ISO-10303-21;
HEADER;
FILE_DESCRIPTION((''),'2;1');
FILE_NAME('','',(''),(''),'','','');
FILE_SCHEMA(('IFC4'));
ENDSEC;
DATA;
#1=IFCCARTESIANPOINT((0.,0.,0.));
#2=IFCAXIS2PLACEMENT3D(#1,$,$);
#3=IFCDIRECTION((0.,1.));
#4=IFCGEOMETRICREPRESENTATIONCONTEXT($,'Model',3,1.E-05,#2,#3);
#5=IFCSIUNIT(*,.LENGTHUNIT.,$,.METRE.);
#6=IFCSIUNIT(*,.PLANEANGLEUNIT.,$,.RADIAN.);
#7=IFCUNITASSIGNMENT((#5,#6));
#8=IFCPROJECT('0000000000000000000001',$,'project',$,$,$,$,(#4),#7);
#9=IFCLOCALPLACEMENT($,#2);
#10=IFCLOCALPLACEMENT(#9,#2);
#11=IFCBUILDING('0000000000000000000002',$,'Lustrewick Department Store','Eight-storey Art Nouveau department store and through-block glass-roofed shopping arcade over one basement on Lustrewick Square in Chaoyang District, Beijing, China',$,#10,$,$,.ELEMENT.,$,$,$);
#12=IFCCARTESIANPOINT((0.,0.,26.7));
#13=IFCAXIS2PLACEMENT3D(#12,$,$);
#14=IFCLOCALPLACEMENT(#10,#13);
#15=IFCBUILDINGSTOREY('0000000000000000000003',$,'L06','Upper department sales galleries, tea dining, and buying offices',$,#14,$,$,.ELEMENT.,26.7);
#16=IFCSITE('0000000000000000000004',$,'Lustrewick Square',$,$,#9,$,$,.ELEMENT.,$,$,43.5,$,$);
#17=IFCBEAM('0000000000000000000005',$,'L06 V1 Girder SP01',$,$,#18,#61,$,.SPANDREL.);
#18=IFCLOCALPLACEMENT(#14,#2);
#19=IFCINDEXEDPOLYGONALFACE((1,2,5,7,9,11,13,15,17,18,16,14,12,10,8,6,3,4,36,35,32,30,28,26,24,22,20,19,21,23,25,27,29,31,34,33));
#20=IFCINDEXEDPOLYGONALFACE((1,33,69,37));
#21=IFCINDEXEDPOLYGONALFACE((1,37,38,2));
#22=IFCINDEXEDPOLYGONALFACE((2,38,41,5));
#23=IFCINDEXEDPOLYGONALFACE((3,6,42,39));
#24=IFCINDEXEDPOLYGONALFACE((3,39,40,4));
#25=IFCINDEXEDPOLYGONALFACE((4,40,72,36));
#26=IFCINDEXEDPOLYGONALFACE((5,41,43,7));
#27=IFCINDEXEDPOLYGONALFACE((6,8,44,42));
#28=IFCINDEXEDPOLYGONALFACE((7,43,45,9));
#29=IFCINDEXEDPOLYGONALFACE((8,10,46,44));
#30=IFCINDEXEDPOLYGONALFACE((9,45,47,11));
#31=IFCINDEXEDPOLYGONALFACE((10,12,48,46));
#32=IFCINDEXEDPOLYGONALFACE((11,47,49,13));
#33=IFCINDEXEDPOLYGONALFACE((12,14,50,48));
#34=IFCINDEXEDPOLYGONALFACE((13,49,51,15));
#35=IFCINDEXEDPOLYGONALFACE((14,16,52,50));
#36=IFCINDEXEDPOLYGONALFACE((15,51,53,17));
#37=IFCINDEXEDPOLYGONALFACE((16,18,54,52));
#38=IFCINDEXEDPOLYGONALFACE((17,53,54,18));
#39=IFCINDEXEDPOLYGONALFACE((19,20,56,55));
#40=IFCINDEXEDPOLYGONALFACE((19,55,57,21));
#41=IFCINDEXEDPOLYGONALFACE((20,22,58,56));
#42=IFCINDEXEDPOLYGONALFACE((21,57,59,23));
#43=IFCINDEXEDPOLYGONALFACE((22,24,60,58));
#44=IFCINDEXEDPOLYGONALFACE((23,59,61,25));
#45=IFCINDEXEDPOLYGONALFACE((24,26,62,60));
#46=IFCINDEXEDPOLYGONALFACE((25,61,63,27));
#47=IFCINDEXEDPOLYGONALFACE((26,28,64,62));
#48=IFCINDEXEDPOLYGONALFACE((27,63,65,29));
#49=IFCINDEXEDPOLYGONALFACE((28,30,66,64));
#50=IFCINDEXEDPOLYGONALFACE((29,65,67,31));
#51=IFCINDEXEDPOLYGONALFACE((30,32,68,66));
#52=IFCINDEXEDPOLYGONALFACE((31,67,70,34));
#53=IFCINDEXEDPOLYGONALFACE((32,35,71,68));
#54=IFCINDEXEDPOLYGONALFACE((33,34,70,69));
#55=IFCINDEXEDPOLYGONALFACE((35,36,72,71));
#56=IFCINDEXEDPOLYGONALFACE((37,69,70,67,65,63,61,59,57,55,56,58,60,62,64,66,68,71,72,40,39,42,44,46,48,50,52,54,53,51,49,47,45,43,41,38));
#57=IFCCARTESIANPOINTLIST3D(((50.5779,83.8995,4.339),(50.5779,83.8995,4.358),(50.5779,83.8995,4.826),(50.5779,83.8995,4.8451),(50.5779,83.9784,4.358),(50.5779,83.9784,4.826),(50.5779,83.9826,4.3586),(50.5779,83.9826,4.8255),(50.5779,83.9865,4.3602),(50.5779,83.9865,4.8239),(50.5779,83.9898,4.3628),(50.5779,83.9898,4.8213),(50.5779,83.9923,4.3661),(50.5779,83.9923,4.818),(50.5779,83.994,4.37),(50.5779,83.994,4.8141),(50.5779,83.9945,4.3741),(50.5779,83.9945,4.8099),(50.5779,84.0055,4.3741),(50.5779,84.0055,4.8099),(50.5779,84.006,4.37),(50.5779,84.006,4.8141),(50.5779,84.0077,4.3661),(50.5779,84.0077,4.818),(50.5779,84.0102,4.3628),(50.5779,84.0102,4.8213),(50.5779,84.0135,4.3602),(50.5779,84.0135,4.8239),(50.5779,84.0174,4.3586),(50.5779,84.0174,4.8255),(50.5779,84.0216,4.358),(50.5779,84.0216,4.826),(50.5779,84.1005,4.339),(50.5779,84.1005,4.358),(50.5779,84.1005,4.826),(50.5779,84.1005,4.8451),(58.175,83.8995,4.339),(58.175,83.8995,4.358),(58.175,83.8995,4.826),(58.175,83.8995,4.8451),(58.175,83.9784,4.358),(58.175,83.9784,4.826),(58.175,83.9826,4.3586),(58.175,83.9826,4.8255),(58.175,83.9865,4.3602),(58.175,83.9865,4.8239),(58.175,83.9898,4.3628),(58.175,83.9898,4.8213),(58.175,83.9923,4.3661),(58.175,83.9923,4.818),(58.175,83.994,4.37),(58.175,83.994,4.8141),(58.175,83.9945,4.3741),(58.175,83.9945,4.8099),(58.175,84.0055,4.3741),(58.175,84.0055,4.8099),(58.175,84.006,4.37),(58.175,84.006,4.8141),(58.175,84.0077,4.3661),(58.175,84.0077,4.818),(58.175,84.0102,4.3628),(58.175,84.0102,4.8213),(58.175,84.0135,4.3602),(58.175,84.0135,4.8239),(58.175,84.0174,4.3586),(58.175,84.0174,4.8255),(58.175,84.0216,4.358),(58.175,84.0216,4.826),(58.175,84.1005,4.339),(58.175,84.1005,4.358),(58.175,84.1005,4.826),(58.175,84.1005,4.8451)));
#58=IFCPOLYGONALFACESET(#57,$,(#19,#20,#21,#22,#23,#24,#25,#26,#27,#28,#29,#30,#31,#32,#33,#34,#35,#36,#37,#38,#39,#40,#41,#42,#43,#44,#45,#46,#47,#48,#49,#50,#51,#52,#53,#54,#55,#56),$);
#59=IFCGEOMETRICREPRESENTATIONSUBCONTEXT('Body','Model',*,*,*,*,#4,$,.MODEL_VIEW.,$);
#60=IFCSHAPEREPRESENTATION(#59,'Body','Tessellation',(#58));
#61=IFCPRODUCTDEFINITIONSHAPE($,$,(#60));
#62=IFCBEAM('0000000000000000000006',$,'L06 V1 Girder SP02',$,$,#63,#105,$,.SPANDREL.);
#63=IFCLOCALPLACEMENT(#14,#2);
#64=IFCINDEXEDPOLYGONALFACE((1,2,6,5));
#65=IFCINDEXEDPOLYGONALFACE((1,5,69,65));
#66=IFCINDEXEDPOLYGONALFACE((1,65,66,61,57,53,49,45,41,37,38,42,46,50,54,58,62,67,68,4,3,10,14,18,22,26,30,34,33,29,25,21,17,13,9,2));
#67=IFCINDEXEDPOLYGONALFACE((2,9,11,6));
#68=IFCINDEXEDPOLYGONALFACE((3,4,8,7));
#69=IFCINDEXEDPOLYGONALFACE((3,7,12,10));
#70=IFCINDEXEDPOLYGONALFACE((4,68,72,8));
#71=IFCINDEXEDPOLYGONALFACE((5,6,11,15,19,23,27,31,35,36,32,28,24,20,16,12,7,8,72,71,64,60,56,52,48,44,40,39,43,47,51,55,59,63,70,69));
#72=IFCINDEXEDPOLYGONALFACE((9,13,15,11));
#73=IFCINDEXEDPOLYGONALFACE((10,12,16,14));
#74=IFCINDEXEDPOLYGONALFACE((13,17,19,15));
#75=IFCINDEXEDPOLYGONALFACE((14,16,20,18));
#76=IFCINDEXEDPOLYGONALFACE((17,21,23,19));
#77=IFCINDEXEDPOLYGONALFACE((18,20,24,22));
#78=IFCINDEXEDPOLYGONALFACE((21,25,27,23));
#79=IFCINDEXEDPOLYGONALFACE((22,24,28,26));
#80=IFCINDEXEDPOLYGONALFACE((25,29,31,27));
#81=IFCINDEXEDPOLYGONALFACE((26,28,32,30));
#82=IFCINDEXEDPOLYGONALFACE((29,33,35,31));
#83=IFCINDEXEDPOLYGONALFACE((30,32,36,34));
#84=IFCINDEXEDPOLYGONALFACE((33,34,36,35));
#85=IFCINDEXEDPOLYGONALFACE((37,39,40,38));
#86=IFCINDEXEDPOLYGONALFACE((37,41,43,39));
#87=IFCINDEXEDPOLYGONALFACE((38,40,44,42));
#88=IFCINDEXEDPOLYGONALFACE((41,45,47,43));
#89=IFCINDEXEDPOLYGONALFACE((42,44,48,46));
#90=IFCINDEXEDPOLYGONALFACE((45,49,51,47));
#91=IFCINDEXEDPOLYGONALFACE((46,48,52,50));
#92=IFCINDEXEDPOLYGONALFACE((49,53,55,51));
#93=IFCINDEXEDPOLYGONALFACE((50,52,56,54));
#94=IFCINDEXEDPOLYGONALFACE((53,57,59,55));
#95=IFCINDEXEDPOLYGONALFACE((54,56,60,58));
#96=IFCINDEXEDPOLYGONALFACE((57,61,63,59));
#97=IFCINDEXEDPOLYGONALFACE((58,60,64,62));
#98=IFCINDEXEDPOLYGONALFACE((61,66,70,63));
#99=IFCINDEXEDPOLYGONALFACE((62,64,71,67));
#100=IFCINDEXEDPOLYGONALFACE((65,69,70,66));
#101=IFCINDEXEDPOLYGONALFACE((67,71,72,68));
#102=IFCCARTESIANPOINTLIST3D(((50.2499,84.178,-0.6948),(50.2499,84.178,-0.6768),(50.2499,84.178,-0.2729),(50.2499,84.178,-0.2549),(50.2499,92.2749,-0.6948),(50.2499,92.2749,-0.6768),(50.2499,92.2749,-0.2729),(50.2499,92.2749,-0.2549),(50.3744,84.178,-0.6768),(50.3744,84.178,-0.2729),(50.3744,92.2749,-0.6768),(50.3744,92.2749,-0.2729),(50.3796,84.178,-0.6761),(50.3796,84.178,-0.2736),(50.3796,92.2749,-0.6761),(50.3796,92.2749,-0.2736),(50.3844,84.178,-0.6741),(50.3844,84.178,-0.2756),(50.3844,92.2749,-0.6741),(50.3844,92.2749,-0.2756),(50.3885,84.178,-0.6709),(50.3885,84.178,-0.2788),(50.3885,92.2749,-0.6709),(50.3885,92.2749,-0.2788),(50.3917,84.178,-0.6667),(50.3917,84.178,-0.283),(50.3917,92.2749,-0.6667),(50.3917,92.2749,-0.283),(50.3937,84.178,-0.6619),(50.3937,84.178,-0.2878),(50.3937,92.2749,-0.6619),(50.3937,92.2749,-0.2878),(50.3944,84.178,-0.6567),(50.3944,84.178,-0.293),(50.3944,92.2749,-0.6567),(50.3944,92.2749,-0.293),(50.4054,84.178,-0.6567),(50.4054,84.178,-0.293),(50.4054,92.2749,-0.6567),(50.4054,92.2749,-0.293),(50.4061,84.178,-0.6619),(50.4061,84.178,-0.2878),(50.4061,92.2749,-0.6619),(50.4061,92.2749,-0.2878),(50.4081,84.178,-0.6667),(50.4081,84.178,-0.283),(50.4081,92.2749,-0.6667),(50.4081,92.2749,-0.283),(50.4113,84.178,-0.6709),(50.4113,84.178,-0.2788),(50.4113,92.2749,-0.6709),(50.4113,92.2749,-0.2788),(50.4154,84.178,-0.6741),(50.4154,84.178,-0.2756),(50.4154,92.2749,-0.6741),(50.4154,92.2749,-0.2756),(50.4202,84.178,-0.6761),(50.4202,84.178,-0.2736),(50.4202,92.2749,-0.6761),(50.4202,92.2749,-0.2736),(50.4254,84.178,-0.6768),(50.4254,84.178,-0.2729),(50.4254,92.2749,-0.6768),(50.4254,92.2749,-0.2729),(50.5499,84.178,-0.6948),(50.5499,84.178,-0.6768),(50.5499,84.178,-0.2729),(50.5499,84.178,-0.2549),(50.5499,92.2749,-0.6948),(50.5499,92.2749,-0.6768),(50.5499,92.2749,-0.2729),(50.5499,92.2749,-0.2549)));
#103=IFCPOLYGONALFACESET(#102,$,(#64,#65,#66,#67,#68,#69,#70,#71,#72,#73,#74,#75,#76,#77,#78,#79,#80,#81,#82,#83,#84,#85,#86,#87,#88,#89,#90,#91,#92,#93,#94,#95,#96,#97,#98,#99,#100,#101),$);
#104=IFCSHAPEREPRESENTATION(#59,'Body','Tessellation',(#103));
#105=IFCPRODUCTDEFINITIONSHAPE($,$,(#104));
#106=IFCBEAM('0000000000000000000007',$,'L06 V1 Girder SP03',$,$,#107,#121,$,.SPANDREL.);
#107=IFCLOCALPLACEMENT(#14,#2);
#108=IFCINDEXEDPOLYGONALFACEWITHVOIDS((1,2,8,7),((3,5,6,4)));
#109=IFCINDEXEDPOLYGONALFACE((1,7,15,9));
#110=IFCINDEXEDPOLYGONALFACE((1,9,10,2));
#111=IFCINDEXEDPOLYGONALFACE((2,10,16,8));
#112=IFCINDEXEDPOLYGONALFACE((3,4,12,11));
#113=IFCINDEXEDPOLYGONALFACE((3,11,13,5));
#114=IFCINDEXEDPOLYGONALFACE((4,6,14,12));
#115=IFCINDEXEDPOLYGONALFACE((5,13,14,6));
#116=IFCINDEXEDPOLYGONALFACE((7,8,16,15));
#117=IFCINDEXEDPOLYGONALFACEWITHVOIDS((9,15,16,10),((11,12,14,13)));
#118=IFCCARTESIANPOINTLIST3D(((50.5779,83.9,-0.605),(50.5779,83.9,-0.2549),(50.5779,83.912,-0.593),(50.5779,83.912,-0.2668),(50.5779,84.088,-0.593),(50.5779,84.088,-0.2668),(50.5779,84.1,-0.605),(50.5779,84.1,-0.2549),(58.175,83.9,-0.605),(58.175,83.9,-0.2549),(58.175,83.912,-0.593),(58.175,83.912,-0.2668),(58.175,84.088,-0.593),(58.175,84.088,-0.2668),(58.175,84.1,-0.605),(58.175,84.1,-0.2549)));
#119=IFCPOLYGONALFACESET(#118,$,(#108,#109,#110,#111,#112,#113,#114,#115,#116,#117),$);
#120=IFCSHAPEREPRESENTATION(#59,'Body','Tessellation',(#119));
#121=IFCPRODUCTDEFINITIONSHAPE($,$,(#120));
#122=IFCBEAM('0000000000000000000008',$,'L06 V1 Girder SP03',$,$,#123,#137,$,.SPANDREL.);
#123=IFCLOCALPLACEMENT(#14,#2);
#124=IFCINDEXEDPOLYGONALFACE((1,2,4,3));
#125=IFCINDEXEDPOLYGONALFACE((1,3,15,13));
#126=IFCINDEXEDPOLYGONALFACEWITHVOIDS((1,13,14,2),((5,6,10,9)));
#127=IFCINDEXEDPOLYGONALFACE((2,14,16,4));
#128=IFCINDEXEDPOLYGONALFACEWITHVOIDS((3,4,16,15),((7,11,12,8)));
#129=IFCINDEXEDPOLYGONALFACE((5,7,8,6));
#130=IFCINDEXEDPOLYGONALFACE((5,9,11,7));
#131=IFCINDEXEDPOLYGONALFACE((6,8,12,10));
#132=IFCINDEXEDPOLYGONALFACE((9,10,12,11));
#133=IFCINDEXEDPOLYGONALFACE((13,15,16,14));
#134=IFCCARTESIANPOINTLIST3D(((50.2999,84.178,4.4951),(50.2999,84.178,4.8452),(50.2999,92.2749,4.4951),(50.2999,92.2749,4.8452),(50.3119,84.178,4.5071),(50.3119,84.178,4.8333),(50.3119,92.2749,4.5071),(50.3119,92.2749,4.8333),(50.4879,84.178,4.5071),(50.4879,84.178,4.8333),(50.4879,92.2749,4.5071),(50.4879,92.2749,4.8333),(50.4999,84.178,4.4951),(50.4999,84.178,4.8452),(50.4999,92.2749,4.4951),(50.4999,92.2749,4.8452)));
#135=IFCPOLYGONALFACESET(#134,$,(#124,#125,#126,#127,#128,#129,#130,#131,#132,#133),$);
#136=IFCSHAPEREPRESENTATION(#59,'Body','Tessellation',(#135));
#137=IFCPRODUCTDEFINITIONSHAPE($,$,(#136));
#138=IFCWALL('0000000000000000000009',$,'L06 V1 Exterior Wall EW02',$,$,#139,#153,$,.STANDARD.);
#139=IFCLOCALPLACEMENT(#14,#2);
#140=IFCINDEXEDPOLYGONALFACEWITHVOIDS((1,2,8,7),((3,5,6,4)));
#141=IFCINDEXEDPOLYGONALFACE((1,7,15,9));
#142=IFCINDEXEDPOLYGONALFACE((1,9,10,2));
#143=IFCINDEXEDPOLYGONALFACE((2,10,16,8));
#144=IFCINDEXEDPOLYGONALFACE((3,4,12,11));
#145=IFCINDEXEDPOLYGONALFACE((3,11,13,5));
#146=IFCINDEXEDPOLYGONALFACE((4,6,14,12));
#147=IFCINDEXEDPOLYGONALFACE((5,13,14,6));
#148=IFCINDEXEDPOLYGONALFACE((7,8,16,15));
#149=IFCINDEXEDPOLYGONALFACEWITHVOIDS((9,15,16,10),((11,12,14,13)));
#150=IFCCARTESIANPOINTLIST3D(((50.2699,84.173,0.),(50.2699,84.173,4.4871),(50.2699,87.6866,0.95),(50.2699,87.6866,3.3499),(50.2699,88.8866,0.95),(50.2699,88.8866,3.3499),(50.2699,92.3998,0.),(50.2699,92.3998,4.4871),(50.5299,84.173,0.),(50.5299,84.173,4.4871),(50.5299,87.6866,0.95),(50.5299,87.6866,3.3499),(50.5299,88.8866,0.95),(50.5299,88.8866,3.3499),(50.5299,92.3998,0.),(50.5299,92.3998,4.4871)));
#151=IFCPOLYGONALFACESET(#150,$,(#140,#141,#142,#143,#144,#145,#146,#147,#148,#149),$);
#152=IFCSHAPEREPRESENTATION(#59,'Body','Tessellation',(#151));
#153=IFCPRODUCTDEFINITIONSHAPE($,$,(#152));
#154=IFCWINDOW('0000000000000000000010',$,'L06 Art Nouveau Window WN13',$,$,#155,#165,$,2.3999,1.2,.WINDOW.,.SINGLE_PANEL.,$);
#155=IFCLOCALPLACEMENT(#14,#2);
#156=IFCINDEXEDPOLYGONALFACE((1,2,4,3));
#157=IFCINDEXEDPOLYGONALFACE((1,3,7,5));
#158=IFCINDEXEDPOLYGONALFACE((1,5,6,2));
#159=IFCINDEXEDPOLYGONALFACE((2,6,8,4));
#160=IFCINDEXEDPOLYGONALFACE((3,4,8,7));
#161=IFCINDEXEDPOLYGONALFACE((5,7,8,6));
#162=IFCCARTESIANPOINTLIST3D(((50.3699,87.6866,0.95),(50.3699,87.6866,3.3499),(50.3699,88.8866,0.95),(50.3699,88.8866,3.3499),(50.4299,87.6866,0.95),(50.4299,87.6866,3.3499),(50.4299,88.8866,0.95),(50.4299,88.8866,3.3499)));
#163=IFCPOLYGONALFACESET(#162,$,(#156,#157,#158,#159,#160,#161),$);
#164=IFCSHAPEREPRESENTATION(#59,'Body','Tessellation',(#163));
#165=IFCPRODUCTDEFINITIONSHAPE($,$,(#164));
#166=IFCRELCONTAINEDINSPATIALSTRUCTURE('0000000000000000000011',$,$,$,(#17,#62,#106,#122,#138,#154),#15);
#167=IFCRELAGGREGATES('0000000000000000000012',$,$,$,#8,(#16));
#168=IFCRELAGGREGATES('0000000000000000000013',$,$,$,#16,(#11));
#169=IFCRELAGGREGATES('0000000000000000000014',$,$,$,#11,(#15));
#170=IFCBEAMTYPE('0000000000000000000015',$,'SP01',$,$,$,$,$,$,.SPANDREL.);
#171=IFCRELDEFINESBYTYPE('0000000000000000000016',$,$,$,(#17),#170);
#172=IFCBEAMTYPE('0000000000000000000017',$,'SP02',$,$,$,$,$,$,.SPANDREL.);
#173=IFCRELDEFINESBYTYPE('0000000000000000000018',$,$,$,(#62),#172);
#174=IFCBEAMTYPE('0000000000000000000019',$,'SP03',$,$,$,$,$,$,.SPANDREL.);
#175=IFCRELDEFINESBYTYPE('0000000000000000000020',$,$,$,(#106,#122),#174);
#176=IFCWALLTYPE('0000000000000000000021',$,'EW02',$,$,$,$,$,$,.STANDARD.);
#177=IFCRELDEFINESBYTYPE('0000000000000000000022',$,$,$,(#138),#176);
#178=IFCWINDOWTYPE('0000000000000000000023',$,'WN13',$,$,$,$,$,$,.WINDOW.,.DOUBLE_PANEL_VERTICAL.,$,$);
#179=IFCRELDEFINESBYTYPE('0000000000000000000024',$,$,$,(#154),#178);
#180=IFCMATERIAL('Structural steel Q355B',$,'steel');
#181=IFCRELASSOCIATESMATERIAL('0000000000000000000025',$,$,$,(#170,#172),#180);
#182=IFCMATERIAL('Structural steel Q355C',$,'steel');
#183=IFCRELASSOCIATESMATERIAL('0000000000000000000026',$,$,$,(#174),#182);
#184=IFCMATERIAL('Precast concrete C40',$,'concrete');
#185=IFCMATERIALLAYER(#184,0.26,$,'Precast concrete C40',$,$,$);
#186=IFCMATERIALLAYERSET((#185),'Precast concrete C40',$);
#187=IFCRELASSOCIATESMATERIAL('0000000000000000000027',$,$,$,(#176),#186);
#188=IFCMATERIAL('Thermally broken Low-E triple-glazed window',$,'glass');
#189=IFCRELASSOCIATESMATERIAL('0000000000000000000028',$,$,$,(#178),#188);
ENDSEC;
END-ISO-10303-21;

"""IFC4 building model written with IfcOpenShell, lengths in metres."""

from ifc_helpers import new_model, si_unit, direction, frame, frame_2d, origin, origin_2d, place, context, subcontext, project, spatial, rectangle, hollow_rectangle, i_section, extrude, material, layer, layer_set, material_profile, profile_set, type_object, element, fill, save


model = new_model("IFC4")

# Units and contexts
model_context = context("Model", 3, precision=1e-05, world=origin(), true_north=direction((0.0, 1.0)))
body_context = subcontext(model_context, "Body", "Model", "MODEL_VIEW")
ifc_project = project(units=[si_unit("LENGTHUNIT", "METRE"), si_unit("PLANEANGLEUNIT", "RADIAN")], contexts=[model_context])

# Site, building, storey
site_placement = place(None, origin())
site = spatial("IfcSite", under=ifc_project, at=site_placement, Name="Lustrewick Square", CompositionType="ELEMENT", RefElevation=43.5)
building_placement = place(site_placement, origin())
building = spatial("IfcBuilding", under=site, at=building_placement, Name="Lustrewick Department Store", Description="Eight-storey Art Nouveau department store and through-block glass-roofed shopping arcade over one basement on Lustrewick Square in Chaoyang District, Beijing, China", CompositionType="ELEMENT")
storey_placement = place(building_placement, frame((0.0, 0.0, 26.7)))
storey = spatial("IfcBuildingStorey", under=building, at=storey_placement, Name="L06", Description="Upper department sales galleries, tea dining, and buying offices", CompositionType="ELEMENT", Elevation=26.7)

# Shared definitions
ifc_material_1 = material(Name="Structural steel Q355B", Category="steel")

# Beams
ifc_material_2 = material(Name="Structural steel Q355C", Category="steel")
ifc_material_profile_1 = material_profile(ifc_material_1, i_section(OverallWidth=0.2009, OverallDepth=0.5061, WebThickness=0.011, FlangeThickness=0.019, FilletRadius=0.0161, at=origin_2d()), Name="HN 506x201x11x19")
ifc_profile_set_1 = profile_set([ifc_material_profile_1], Name="Structural steel Q355B")
beam_type_1 = type_object("IfcBeamType", Name="SP01", PredefinedType="SPANDREL", material=ifc_profile_set_1)
beam_1_placement = place(storey_placement, frame((50.5779, 84.0, 4.592), z_axis=(1.0, 0.0, 0.0), x_axis=(0.0, 1.0, 0.0)))
element("IfcBeam", 1, at=beam_1_placement, inside=storey, type_object=beam_type_1, Name="L06 V1 Girder SP01", PredefinedType="SPANDREL", context=body_context, shape_type="SweptSolid", body=[
    extrude(i_section(OverallWidth=0.2009, OverallDepth=0.5061, WebThickness=0.011, FlangeThickness=0.019, FilletRadius=0.0161, at=origin_2d()), origin(), (0.0, 0.0, 1.0), 7.5972),
])
ifc_material_profile_2 = material_profile(ifc_material_1, i_section(OverallWidth=0.3, OverallDepth=0.4399, WebThickness=0.011, FlangeThickness=0.0181, FilletRadius=0.02, at=origin_2d()), Name="HM 440x300x11x18")
ifc_profile_set_2 = profile_set([ifc_material_profile_2], Name="Structural steel Q355B")
beam_type_2 = type_object("IfcBeamType", Name="SP02", PredefinedType="SPANDREL", material=ifc_profile_set_2)
beam_2_placement = place(storey_placement, frame((50.3999, 84.178, -0.4749), z_axis=(0.0, 1.0, 0.0), x_axis=(-1.0, 0.0, 0.0)))
element("IfcBeam", 2, at=beam_2_placement, inside=storey, type_object=beam_type_2, Name="L06 V1 Girder SP02", PredefinedType="SPANDREL", context=body_context, shape_type="SweptSolid", body=[
    extrude(i_section(OverallWidth=0.3, OverallDepth=0.4399, WebThickness=0.011, FlangeThickness=0.0181, FilletRadius=0.02, at=origin_2d()), origin(), (0.0, 0.0, 1.0), 8.0969),
])
ifc_material_profile_3 = material_profile(ifc_material_2, hollow_rectangle(XDim=0.2, YDim=0.3501, WallThickness=0.012, at=origin_2d()), Name="RHS 350x200x12")
ifc_profile_set_3 = profile_set([ifc_material_profile_3], Name="Structural steel Q355C")
beam_type_3 = type_object("IfcBeamType", Name="SP03", PredefinedType="SPANDREL", material=ifc_profile_set_3)
beam_3_placement = place(storey_placement, frame((50.5779, 84.0, -0.4299), z_axis=(1.0, 0.0, 0.0), x_axis=(0.0, 1.0, 0.0)))
element("IfcBeam", 3, at=beam_3_placement, inside=storey, type_object=beam_type_3, Name="L06 V1 Girder SP03", PredefinedType="SPANDREL", context=body_context, shape_type="SweptSolid", body=[
    extrude(hollow_rectangle(XDim=0.2, YDim=0.3501, WallThickness=0.012, at=origin_2d()), origin(), (0.0, 0.0, 1.0), 7.5972),
])
beam_4_placement = place(storey_placement, frame((50.3999, 84.178, 4.6702), z_axis=(0.0, 1.0, 0.0), x_axis=(-1.0, 0.0, 0.0)))
element("IfcBeam", 4, at=beam_4_placement, inside=storey, type_object=beam_type_3, Name="L06 V1 Girder SP03", PredefinedType="SPANDREL", context=body_context, shape_type="SweptSolid", body=[
    extrude(hollow_rectangle(XDim=0.2, YDim=0.3501, WallThickness=0.012, at=origin_2d()), origin(), (0.0, 0.0, 1.0), 8.0969),
])

# Wall, opening, window
ifc_material_3 = material(Name="Precast concrete C40", Category="concrete")
ifc_layer_1 = layer(ifc_material_3, 0.26, Name="Precast concrete C40")
ifc_layer_set_1 = layer_set([ifc_layer_1], Name="Precast concrete C40")
wall_type_1 = type_object("IfcWallType", Name="EW02", PredefinedType="STANDARD", material=ifc_layer_set_1)
wall_1_placement = place(storey_placement, frame((50.3999, 84.1731, 0.0), z_axis=(0.0, 0.0, 1.0), x_axis=(0.0, 1.0, 0.0)))
wall_1 = element("IfcWall", 5, at=wall_1_placement, inside=storey, type_object=wall_type_1, Name="L06 V1 Exterior Wall EW02", PredefinedType="STANDARD", context=body_context, shape_type="SweptSolid", body=[
    extrude(rectangle(XDim=8.2268, YDim=0.26, at=frame_2d((4.1133, 0.0))), origin(), (0.0, 0.0, 1.0), 4.4871),
])
opening_1_placement = place(wall_1_placement, frame((3.5134, 0.0, 0.95)))
opening_1 = element("IfcOpeningElement", 6, at=opening_1_placement, cuts=wall_1, PredefinedType="OPENING", context=body_context, shape_type="SweptSolid", body=[
    extrude(rectangle(XDim=1.2, YDim=2.3999, at=frame_2d((0.6001, 1.2))), frame((0.0, 0.1401, 0.0), z_axis=(0.0, -1.0, 0.0), x_axis=(1.0, 0.0, 0.0)), (0.0, 0.0, 1.0), 0.28),
])
ifc_material_4 = material(Name="Thermally broken Low-E triple-glazed window", Category="glass")
window_type_1 = type_object("IfcWindowType", Name="WN13", PartitioningType="DOUBLE_PANEL_VERTICAL", PredefinedType="WINDOW", material=ifc_material_4)
window_1_placement = place(opening_1_placement, origin())
window_1 = element("IfcWindow", 7, at=window_1_placement, inside=storey, type_object=window_type_1, Name="L06 Art Nouveau Window WN13", OverallHeight=2.3999, OverallWidth=1.2, PartitioningType="SINGLE_PANEL", PredefinedType="WINDOW", context=body_context, shape_type="SweptSolid", body=[
    extrude(rectangle(XDim=1.2, YDim=2.3999, at=frame_2d((0.6001, 1.2))), frame((0.0, 0.03, 0.0), z_axis=(0.0, -1.0, 0.0), x_axis=(1.0, 0.0, 0.0)), (0.0, 0.0, 1.0), 0.0601),
])
fill(opening_1, window_1)

save(model, "model.ifc")
